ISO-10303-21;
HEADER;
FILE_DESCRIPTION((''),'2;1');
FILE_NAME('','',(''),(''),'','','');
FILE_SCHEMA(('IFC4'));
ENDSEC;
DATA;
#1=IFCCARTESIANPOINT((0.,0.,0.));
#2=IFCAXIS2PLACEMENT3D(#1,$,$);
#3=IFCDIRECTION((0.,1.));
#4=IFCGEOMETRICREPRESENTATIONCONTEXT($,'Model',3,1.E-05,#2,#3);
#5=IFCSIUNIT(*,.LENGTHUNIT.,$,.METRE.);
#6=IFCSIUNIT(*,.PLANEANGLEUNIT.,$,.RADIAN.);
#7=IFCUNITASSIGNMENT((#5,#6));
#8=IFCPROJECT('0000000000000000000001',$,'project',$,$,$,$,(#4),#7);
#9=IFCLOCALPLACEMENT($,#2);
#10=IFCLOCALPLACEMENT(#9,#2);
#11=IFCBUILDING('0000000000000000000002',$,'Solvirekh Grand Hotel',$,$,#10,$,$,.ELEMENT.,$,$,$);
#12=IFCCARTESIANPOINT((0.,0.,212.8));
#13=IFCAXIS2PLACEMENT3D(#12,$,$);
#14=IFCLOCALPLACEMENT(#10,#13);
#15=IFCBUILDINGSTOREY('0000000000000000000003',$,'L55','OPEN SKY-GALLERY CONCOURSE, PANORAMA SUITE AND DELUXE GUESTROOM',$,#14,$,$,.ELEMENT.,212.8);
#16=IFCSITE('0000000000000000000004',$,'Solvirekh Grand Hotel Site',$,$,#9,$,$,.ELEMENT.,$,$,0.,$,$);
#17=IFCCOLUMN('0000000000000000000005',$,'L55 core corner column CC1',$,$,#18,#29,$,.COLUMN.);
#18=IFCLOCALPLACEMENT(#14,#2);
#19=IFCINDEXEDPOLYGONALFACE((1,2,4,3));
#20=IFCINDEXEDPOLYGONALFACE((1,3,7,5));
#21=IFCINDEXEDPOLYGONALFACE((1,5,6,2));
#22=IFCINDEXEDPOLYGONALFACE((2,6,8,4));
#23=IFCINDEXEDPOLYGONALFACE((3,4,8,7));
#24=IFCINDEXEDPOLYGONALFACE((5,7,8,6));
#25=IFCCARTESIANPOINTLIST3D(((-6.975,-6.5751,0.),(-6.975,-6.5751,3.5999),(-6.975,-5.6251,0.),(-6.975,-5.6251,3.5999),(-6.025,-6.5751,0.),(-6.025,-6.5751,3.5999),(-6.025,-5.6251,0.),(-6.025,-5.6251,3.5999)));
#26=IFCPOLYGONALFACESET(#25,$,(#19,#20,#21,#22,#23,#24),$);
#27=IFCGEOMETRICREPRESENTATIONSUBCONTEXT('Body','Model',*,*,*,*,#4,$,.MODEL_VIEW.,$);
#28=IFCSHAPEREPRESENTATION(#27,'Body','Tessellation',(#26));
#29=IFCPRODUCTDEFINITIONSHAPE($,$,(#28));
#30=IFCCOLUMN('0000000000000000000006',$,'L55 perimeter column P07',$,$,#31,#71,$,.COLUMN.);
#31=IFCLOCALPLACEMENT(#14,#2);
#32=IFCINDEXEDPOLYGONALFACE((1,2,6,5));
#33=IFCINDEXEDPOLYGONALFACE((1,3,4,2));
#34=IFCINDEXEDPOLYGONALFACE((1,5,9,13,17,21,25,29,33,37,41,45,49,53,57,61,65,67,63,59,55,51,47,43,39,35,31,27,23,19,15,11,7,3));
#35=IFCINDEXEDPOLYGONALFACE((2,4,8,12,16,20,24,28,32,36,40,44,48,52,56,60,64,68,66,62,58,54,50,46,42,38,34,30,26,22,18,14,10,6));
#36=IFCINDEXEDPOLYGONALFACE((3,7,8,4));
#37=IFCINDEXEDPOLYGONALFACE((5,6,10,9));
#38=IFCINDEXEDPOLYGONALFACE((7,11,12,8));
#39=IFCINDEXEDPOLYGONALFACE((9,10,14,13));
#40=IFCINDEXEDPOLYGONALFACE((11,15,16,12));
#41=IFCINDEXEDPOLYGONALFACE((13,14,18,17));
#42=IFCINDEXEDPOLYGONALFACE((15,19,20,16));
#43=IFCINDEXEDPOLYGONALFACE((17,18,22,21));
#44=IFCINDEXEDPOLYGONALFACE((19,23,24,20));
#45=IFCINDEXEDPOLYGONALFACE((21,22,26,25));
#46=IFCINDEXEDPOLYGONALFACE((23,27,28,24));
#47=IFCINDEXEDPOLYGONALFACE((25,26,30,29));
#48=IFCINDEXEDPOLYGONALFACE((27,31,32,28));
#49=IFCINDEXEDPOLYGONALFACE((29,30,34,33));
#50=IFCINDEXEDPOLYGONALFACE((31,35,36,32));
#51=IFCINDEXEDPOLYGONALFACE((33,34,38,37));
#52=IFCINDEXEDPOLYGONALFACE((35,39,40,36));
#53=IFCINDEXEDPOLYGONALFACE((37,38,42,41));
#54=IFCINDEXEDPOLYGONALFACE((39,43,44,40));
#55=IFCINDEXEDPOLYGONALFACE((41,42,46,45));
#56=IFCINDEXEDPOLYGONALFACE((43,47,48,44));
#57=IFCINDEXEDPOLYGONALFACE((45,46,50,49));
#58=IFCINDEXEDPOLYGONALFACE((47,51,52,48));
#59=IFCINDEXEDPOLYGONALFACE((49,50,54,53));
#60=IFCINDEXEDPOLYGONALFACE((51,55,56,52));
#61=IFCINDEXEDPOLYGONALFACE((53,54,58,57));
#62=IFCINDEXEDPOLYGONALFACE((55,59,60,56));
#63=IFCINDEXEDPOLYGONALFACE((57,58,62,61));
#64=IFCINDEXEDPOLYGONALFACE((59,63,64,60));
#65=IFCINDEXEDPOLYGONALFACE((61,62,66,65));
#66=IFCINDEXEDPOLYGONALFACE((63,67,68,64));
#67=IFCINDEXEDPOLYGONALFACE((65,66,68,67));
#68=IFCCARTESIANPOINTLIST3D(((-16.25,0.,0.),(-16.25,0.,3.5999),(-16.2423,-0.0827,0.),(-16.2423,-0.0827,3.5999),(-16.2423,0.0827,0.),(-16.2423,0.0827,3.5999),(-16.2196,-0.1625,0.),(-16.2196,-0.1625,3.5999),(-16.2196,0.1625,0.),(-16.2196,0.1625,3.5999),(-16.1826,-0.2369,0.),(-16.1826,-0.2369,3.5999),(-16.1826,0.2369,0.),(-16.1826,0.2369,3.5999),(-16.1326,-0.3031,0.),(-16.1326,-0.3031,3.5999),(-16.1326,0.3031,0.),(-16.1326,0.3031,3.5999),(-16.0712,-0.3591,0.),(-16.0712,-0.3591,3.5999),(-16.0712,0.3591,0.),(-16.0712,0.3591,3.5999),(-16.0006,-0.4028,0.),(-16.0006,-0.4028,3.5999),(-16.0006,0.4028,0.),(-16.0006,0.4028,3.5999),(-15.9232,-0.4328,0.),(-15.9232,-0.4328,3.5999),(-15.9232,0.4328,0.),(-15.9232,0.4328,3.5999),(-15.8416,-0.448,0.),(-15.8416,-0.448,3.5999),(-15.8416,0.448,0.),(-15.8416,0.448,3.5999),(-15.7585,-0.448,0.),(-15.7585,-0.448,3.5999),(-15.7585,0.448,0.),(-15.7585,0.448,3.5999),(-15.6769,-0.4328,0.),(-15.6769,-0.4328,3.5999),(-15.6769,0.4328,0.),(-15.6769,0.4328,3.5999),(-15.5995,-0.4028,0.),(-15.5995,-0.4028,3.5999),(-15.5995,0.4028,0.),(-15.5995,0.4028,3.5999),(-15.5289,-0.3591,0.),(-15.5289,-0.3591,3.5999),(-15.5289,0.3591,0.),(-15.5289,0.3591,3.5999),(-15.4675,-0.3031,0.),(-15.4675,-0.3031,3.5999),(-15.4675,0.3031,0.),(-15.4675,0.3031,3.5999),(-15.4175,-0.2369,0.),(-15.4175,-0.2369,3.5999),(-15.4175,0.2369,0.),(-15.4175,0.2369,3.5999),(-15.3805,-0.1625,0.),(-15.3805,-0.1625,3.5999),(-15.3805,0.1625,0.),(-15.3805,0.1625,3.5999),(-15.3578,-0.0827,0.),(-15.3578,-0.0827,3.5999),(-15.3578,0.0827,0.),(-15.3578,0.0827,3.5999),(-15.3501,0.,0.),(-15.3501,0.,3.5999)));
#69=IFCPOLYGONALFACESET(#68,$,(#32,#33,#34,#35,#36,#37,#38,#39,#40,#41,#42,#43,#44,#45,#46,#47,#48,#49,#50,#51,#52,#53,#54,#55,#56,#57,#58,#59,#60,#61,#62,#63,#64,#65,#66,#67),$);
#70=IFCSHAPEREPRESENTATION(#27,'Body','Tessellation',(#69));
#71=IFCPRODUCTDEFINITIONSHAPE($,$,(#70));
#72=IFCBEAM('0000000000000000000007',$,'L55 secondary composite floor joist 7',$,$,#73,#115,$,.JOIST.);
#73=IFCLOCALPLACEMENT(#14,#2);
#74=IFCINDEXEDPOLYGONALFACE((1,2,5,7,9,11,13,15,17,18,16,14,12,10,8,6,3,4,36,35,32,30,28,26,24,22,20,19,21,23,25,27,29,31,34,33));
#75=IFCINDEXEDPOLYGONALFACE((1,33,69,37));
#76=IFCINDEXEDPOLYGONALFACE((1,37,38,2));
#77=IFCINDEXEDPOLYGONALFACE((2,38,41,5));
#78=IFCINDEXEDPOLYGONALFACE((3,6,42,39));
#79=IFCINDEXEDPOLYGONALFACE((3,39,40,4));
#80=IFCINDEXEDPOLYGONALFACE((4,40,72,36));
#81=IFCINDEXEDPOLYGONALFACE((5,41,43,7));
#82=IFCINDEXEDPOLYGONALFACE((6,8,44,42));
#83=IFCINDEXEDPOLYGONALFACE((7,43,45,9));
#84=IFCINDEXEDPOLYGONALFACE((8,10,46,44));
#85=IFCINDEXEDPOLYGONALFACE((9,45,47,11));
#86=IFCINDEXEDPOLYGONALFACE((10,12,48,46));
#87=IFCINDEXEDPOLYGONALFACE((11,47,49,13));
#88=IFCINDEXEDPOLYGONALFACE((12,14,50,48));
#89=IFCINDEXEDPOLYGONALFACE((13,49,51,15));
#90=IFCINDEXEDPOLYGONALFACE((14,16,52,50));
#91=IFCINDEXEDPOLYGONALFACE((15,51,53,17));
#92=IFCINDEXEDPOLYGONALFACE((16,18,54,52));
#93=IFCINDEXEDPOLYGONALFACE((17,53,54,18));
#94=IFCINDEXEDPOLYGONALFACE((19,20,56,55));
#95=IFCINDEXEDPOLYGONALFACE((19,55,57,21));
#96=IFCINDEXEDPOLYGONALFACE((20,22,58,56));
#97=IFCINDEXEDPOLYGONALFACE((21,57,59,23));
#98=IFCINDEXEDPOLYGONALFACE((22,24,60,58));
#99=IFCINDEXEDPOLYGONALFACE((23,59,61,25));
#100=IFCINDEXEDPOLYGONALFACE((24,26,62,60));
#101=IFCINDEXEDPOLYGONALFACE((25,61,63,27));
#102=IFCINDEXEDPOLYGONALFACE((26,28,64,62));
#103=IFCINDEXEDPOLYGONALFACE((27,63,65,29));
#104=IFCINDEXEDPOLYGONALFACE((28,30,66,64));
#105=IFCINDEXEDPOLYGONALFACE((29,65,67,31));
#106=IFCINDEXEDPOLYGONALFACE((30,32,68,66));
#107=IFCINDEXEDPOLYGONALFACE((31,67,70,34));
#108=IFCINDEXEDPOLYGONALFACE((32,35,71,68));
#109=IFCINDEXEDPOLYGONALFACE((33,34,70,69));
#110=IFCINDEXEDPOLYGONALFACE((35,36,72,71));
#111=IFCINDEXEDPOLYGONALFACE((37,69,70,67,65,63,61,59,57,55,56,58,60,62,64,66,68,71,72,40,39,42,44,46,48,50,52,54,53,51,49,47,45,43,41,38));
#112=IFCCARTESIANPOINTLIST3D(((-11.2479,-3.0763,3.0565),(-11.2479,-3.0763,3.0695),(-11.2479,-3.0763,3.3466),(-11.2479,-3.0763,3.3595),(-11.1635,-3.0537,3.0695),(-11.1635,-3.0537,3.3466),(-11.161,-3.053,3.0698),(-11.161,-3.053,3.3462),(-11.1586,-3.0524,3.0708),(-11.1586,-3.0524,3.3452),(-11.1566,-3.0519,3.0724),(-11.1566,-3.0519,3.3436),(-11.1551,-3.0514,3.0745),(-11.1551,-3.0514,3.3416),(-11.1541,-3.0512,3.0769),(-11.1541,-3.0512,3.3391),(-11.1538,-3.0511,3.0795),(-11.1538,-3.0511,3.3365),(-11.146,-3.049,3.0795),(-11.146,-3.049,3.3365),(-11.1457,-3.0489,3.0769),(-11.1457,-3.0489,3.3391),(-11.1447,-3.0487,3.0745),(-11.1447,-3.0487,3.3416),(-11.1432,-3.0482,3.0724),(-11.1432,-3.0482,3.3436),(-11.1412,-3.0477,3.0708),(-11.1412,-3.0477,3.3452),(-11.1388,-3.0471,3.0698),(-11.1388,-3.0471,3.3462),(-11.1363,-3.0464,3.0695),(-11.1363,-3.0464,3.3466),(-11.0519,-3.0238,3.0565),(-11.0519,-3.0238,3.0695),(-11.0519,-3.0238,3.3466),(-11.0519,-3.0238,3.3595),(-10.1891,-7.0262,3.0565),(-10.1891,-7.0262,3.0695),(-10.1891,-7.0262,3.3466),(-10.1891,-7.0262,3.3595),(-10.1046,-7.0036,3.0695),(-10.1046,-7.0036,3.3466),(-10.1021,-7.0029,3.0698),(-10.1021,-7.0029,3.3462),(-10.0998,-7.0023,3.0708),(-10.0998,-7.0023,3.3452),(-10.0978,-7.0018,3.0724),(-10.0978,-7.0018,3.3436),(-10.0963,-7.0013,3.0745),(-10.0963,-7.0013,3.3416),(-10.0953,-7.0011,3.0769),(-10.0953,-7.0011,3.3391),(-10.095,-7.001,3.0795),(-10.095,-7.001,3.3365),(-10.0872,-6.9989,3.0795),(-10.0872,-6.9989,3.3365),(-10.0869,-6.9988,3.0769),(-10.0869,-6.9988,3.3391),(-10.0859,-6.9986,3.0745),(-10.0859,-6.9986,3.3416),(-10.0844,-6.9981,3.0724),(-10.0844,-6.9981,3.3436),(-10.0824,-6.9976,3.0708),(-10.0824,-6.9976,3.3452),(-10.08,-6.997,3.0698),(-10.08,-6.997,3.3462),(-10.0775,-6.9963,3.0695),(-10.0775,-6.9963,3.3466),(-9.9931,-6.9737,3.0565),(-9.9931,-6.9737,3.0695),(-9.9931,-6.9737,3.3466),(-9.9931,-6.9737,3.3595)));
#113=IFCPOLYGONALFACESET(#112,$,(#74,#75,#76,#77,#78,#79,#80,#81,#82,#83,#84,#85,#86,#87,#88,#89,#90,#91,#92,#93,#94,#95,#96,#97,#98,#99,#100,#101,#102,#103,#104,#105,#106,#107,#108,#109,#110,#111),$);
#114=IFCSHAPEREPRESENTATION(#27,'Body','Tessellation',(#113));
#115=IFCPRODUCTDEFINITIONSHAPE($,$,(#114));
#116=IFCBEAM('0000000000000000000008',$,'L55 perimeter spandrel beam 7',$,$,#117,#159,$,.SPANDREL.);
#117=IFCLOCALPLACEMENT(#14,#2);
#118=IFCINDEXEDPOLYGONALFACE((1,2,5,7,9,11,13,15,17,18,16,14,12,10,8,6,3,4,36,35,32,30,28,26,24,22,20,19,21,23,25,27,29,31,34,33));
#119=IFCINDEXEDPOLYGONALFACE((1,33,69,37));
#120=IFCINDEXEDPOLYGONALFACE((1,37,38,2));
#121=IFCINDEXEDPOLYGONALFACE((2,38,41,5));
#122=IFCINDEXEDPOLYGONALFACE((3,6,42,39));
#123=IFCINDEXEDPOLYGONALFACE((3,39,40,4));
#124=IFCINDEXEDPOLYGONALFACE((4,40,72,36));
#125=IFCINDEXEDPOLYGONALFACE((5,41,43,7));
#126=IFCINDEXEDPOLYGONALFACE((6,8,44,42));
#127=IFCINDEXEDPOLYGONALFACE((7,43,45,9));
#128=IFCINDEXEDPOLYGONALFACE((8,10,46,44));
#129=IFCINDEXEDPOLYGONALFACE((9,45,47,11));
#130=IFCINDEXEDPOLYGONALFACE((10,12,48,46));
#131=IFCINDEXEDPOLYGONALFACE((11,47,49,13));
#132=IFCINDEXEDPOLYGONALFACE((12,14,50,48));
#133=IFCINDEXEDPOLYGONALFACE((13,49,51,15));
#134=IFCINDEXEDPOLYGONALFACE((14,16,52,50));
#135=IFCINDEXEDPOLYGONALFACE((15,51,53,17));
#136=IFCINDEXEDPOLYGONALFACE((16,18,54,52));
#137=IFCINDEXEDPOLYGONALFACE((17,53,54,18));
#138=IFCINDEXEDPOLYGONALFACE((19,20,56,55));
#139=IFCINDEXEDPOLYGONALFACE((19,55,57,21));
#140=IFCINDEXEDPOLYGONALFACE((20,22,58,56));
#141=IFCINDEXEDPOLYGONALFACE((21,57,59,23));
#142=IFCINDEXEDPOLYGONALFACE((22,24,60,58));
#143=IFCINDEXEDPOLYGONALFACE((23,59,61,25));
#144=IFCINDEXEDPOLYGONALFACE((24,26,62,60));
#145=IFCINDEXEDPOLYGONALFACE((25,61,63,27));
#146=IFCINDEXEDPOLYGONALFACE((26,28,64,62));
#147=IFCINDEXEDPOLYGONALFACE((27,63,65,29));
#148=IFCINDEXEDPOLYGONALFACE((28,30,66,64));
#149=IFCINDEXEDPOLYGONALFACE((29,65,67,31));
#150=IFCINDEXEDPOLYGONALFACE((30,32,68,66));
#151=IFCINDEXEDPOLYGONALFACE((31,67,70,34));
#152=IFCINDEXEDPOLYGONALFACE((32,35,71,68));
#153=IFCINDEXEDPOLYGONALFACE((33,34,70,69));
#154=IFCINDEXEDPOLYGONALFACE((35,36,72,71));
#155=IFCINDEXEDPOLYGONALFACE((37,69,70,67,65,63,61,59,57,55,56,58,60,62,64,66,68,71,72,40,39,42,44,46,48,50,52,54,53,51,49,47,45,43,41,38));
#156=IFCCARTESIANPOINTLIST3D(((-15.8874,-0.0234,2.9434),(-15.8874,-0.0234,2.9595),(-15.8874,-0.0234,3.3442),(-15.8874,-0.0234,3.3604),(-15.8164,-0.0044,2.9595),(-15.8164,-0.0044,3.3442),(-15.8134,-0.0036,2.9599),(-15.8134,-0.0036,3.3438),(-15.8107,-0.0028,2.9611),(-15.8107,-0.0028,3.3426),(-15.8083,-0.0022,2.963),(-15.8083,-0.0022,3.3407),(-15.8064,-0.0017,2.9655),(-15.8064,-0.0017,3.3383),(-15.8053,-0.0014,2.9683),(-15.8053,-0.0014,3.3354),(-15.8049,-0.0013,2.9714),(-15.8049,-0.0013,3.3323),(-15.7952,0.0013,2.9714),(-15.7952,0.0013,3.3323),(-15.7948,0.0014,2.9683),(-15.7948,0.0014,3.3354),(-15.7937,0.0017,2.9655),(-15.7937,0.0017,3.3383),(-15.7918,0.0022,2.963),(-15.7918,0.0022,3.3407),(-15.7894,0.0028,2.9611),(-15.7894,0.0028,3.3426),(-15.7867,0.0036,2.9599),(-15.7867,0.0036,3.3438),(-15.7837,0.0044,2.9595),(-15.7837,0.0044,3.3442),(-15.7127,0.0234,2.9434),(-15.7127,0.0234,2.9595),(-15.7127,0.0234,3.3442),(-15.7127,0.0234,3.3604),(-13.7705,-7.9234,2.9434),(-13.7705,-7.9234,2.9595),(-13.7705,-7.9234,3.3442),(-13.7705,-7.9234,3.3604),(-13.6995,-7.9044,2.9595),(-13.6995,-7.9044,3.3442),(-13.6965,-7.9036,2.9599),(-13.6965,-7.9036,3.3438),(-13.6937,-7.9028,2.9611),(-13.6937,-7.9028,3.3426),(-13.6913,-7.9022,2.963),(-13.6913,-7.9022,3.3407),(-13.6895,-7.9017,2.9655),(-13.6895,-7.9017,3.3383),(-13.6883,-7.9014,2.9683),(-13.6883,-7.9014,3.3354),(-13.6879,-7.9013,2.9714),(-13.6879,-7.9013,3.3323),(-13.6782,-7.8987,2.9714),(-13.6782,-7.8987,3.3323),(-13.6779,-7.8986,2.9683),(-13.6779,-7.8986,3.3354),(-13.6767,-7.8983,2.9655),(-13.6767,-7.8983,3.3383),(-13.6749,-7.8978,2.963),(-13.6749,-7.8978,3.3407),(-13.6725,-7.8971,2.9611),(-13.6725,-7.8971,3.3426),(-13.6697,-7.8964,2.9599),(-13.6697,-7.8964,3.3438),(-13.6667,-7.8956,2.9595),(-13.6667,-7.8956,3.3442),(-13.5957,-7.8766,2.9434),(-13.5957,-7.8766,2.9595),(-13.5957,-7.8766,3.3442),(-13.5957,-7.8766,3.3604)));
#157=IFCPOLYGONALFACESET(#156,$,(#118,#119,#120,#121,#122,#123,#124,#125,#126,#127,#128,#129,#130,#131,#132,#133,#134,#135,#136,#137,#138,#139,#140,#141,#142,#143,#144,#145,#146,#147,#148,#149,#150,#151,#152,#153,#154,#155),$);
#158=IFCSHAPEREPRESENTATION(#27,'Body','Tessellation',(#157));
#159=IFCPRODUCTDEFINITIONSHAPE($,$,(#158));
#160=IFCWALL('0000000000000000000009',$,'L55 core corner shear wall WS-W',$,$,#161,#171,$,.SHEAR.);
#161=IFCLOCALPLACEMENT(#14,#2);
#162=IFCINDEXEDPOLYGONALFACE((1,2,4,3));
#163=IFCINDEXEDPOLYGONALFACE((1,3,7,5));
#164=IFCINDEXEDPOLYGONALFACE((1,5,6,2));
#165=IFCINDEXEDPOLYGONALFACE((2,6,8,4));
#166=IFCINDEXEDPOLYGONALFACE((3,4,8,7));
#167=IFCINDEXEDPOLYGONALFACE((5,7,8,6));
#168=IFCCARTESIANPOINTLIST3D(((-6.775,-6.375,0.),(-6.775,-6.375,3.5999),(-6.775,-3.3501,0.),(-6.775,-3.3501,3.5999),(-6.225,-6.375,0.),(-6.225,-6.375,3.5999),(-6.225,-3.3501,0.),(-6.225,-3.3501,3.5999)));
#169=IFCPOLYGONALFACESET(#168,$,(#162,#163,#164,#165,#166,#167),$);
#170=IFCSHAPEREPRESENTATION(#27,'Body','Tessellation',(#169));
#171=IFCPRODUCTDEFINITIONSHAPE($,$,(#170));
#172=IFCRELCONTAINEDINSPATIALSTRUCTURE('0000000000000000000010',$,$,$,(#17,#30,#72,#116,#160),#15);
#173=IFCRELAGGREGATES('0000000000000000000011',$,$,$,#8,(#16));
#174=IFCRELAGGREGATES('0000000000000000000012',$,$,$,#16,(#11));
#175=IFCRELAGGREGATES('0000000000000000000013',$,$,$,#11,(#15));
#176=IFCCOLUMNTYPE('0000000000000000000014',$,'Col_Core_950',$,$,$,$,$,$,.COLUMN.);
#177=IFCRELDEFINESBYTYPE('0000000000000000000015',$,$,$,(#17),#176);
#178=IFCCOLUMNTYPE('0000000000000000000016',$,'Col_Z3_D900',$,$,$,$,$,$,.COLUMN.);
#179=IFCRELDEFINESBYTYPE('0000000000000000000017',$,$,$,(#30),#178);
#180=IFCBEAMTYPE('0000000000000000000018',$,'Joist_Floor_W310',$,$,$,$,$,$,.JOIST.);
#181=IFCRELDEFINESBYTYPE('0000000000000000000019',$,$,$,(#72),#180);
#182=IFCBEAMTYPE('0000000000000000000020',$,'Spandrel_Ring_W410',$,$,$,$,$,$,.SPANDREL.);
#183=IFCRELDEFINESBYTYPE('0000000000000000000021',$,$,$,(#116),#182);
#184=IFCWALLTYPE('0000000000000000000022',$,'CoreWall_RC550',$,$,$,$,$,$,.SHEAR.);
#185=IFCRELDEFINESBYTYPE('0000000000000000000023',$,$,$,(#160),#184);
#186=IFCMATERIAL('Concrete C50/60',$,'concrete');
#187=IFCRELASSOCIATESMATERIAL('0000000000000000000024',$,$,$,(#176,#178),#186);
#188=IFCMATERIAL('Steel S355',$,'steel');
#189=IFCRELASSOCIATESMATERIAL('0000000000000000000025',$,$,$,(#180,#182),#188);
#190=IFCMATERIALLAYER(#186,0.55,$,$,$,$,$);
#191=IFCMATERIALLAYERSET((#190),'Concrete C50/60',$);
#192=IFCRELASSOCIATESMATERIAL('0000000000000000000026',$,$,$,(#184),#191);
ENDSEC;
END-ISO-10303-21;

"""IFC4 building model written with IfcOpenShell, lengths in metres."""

from ifc_helpers import new_model, si_unit, direction, frame, frame_2d, origin, origin_2d, place, context, subcontext, project, spatial, rectangle, circle, i_section, extrude, material, layer, layer_set, material_profile, profile_set, type_object, element, save


model = new_model("IFC4")

# Units and contexts
model_context = context("Model", 3, precision=1e-05, world=origin(), true_north=direction((0.0, 1.0)))
body_context = subcontext(model_context, "Body", "Model", "MODEL_VIEW")
ifc_project = project(units=[si_unit("LENGTHUNIT", "METRE"), si_unit("PLANEANGLEUNIT", "RADIAN")], contexts=[model_context])

# Site, building, storey
site_placement = place(None, origin())
site = spatial("IfcSite", under=ifc_project, at=site_placement, Name="Solvirekh Grand Hotel Site", CompositionType="ELEMENT", RefElevation=0.0)
building_placement = place(site_placement, origin())
building = spatial("IfcBuilding", under=site, at=building_placement, Name="Solvirekh Grand Hotel", CompositionType="ELEMENT")
storey_placement = place(building_placement, frame((0.0, 0.0, 212.8)))
storey = spatial("IfcBuildingStorey", under=building, at=storey_placement, Name="L55", Description="OPEN SKY-GALLERY CONCOURSE, PANORAMA SUITE AND DELUXE GUESTROOM", CompositionType="ELEMENT", Elevation=212.8)

# Columns
ifc_material_1 = material(Name="Concrete C50/60", Category="concrete")
ifc_material_profile_1 = material_profile(ifc_material_1, rectangle(XDim=0.95, YDim=0.95, at=origin_2d()), Name="RC 950X950")
ifc_profile_set_1 = profile_set([ifc_material_profile_1], Name="Concrete C50/60")
column_type_1 = type_object("IfcColumnType", Name="Col_Core_950", PredefinedType="COLUMN", material=ifc_profile_set_1)
column_1_placement = place(storey_placement, frame((-6.5, -6.1001, 0.0), z_axis=(0.0, 0.0, 1.0), x_axis=(1.0, 0.0, 0.0)))
element("IfcColumn", 1, at=column_1_placement, inside=storey, type_object=column_type_1, Name="L55 core corner column CC1", PredefinedType="COLUMN", context=body_context, shape_type="SweptSolid", body=[
    extrude(rectangle(XDim=0.95, YDim=0.95, at=origin_2d()), origin(), (0.0, 0.0, 1.0), 3.5999),
])
ifc_material_profile_2 = material_profile(ifc_material_1, circle(Radius=0.45, at=origin_2d()), Name="RC CIRC D900")
ifc_profile_set_2 = profile_set([ifc_material_profile_2], Name="Concrete C50/60")
column_type_2 = type_object("IfcColumnType", Name="Col_Z3_D900", PredefinedType="COLUMN", material=ifc_profile_set_2)
column_2_placement = place(storey_placement, frame((-15.8, 0.0, 0.0), z_axis=(0.0, 0.0, 1.0), x_axis=(1.0, 0.0, 0.0)))
element("IfcColumn", 2, at=column_2_placement, inside=storey, type_object=column_type_2, Name="L55 perimeter column P07", PredefinedType="COLUMN", context=body_context, shape_type="SweptSolid", body=[
    extrude(circle(Radius=0.45, at=origin_2d()), origin(), (0.0, 0.0, 1.0), 3.5999),
])

# Beams
ifc_material_2 = material(Name="Steel S355", Category="steel")
ifc_material_profile_3 = material_profile(ifc_material_2, i_section(OverallWidth=0.2029, OverallDepth=0.303, WebThickness=0.0081, FlangeThickness=0.0129, FilletRadius=0.01, at=origin_2d()), Name="W310X60")
ifc_profile_set_3 = profile_set([ifc_material_profile_3], Name="Steel S355")
beam_type_1 = type_object("IfcBeamType", Name="Joist_Floor_W310", PredefinedType="JOIST", material=ifc_profile_set_3)
beam_1_placement = place(storey_placement, frame((-11.1499, -3.05, 3.208), z_axis=(0.258922, -0.965898, 0.0), x_axis=(0.965898, 0.258922, 0.0)))
element("IfcBeam", 3, at=beam_1_placement, inside=storey, type_object=beam_type_1, Name="L55 secondary composite floor joist 7", PredefinedType="JOIST", context=body_context, shape_type="SweptSolid", body=[
    extrude(i_section(OverallWidth=0.2029, OverallDepth=0.303, WebThickness=0.0081, FlangeThickness=0.0129, FilletRadius=0.01, at=origin_2d()), origin(), (0.0, 0.0, 1.0), 4.0894),
])
ifc_material_profile_4 = material_profile(ifc_material_2, i_section(OverallWidth=0.1809, OverallDepth=0.417, WebThickness=0.01, FlangeThickness=0.0161, FilletRadius=0.012, at=origin_2d()), Name="W410X85")
ifc_profile_set_4 = profile_set([ifc_material_profile_4], Name="Steel S355")
beam_type_2 = type_object("IfcBeamType", Name="Spandrel_Ring_W410", PredefinedType="SPANDREL", material=ifc_profile_set_4)
beam_2_placement = place(storey_placement, frame((-15.8, 0.0, 3.1519), z_axis=(0.258839, -0.965921, 0.0), x_axis=(0.965921, 0.258839, 0.0)))
element("IfcBeam", 4, at=beam_2_placement, inside=storey, type_object=beam_type_2, Name="L55 perimeter spandrel beam 7", PredefinedType="SPANDREL", context=body_context, shape_type="SweptSolid", body=[
    extrude(i_section(OverallWidth=0.1809, OverallDepth=0.417, WebThickness=0.01, FlangeThickness=0.0161, FilletRadius=0.012, at=origin_2d()), origin(), (0.0, 0.0, 1.0), 8.1787),
])

# Wall
ifc_layer_1 = layer(ifc_material_1, 0.55)
ifc_layer_set_1 = layer_set([ifc_layer_1], Name="Concrete C50/60")
wall_type_1 = type_object("IfcWallType", Name="CoreWall_RC550", PredefinedType="SHEAR", material=ifc_layer_set_1)
wall_1_placement = place(storey_placement, frame((-6.5, -6.375, 0.0), z_axis=(0.0, 0.0, 1.0), x_axis=(0.0, 1.0, 0.0)))
element("IfcWall", 5, at=wall_1_placement, inside=storey, type_object=wall_type_1, Name="L55 core corner shear wall WS-W", PredefinedType="SHEAR", context=body_context, shape_type="SweptSolid", body=[
    extrude(rectangle(XDim=3.0249, YDim=0.55, at=frame_2d((1.5125, 0.0))), origin(), (0.0, 0.0, 1.0), 3.5999),
])

save(model, "model.ifc")
